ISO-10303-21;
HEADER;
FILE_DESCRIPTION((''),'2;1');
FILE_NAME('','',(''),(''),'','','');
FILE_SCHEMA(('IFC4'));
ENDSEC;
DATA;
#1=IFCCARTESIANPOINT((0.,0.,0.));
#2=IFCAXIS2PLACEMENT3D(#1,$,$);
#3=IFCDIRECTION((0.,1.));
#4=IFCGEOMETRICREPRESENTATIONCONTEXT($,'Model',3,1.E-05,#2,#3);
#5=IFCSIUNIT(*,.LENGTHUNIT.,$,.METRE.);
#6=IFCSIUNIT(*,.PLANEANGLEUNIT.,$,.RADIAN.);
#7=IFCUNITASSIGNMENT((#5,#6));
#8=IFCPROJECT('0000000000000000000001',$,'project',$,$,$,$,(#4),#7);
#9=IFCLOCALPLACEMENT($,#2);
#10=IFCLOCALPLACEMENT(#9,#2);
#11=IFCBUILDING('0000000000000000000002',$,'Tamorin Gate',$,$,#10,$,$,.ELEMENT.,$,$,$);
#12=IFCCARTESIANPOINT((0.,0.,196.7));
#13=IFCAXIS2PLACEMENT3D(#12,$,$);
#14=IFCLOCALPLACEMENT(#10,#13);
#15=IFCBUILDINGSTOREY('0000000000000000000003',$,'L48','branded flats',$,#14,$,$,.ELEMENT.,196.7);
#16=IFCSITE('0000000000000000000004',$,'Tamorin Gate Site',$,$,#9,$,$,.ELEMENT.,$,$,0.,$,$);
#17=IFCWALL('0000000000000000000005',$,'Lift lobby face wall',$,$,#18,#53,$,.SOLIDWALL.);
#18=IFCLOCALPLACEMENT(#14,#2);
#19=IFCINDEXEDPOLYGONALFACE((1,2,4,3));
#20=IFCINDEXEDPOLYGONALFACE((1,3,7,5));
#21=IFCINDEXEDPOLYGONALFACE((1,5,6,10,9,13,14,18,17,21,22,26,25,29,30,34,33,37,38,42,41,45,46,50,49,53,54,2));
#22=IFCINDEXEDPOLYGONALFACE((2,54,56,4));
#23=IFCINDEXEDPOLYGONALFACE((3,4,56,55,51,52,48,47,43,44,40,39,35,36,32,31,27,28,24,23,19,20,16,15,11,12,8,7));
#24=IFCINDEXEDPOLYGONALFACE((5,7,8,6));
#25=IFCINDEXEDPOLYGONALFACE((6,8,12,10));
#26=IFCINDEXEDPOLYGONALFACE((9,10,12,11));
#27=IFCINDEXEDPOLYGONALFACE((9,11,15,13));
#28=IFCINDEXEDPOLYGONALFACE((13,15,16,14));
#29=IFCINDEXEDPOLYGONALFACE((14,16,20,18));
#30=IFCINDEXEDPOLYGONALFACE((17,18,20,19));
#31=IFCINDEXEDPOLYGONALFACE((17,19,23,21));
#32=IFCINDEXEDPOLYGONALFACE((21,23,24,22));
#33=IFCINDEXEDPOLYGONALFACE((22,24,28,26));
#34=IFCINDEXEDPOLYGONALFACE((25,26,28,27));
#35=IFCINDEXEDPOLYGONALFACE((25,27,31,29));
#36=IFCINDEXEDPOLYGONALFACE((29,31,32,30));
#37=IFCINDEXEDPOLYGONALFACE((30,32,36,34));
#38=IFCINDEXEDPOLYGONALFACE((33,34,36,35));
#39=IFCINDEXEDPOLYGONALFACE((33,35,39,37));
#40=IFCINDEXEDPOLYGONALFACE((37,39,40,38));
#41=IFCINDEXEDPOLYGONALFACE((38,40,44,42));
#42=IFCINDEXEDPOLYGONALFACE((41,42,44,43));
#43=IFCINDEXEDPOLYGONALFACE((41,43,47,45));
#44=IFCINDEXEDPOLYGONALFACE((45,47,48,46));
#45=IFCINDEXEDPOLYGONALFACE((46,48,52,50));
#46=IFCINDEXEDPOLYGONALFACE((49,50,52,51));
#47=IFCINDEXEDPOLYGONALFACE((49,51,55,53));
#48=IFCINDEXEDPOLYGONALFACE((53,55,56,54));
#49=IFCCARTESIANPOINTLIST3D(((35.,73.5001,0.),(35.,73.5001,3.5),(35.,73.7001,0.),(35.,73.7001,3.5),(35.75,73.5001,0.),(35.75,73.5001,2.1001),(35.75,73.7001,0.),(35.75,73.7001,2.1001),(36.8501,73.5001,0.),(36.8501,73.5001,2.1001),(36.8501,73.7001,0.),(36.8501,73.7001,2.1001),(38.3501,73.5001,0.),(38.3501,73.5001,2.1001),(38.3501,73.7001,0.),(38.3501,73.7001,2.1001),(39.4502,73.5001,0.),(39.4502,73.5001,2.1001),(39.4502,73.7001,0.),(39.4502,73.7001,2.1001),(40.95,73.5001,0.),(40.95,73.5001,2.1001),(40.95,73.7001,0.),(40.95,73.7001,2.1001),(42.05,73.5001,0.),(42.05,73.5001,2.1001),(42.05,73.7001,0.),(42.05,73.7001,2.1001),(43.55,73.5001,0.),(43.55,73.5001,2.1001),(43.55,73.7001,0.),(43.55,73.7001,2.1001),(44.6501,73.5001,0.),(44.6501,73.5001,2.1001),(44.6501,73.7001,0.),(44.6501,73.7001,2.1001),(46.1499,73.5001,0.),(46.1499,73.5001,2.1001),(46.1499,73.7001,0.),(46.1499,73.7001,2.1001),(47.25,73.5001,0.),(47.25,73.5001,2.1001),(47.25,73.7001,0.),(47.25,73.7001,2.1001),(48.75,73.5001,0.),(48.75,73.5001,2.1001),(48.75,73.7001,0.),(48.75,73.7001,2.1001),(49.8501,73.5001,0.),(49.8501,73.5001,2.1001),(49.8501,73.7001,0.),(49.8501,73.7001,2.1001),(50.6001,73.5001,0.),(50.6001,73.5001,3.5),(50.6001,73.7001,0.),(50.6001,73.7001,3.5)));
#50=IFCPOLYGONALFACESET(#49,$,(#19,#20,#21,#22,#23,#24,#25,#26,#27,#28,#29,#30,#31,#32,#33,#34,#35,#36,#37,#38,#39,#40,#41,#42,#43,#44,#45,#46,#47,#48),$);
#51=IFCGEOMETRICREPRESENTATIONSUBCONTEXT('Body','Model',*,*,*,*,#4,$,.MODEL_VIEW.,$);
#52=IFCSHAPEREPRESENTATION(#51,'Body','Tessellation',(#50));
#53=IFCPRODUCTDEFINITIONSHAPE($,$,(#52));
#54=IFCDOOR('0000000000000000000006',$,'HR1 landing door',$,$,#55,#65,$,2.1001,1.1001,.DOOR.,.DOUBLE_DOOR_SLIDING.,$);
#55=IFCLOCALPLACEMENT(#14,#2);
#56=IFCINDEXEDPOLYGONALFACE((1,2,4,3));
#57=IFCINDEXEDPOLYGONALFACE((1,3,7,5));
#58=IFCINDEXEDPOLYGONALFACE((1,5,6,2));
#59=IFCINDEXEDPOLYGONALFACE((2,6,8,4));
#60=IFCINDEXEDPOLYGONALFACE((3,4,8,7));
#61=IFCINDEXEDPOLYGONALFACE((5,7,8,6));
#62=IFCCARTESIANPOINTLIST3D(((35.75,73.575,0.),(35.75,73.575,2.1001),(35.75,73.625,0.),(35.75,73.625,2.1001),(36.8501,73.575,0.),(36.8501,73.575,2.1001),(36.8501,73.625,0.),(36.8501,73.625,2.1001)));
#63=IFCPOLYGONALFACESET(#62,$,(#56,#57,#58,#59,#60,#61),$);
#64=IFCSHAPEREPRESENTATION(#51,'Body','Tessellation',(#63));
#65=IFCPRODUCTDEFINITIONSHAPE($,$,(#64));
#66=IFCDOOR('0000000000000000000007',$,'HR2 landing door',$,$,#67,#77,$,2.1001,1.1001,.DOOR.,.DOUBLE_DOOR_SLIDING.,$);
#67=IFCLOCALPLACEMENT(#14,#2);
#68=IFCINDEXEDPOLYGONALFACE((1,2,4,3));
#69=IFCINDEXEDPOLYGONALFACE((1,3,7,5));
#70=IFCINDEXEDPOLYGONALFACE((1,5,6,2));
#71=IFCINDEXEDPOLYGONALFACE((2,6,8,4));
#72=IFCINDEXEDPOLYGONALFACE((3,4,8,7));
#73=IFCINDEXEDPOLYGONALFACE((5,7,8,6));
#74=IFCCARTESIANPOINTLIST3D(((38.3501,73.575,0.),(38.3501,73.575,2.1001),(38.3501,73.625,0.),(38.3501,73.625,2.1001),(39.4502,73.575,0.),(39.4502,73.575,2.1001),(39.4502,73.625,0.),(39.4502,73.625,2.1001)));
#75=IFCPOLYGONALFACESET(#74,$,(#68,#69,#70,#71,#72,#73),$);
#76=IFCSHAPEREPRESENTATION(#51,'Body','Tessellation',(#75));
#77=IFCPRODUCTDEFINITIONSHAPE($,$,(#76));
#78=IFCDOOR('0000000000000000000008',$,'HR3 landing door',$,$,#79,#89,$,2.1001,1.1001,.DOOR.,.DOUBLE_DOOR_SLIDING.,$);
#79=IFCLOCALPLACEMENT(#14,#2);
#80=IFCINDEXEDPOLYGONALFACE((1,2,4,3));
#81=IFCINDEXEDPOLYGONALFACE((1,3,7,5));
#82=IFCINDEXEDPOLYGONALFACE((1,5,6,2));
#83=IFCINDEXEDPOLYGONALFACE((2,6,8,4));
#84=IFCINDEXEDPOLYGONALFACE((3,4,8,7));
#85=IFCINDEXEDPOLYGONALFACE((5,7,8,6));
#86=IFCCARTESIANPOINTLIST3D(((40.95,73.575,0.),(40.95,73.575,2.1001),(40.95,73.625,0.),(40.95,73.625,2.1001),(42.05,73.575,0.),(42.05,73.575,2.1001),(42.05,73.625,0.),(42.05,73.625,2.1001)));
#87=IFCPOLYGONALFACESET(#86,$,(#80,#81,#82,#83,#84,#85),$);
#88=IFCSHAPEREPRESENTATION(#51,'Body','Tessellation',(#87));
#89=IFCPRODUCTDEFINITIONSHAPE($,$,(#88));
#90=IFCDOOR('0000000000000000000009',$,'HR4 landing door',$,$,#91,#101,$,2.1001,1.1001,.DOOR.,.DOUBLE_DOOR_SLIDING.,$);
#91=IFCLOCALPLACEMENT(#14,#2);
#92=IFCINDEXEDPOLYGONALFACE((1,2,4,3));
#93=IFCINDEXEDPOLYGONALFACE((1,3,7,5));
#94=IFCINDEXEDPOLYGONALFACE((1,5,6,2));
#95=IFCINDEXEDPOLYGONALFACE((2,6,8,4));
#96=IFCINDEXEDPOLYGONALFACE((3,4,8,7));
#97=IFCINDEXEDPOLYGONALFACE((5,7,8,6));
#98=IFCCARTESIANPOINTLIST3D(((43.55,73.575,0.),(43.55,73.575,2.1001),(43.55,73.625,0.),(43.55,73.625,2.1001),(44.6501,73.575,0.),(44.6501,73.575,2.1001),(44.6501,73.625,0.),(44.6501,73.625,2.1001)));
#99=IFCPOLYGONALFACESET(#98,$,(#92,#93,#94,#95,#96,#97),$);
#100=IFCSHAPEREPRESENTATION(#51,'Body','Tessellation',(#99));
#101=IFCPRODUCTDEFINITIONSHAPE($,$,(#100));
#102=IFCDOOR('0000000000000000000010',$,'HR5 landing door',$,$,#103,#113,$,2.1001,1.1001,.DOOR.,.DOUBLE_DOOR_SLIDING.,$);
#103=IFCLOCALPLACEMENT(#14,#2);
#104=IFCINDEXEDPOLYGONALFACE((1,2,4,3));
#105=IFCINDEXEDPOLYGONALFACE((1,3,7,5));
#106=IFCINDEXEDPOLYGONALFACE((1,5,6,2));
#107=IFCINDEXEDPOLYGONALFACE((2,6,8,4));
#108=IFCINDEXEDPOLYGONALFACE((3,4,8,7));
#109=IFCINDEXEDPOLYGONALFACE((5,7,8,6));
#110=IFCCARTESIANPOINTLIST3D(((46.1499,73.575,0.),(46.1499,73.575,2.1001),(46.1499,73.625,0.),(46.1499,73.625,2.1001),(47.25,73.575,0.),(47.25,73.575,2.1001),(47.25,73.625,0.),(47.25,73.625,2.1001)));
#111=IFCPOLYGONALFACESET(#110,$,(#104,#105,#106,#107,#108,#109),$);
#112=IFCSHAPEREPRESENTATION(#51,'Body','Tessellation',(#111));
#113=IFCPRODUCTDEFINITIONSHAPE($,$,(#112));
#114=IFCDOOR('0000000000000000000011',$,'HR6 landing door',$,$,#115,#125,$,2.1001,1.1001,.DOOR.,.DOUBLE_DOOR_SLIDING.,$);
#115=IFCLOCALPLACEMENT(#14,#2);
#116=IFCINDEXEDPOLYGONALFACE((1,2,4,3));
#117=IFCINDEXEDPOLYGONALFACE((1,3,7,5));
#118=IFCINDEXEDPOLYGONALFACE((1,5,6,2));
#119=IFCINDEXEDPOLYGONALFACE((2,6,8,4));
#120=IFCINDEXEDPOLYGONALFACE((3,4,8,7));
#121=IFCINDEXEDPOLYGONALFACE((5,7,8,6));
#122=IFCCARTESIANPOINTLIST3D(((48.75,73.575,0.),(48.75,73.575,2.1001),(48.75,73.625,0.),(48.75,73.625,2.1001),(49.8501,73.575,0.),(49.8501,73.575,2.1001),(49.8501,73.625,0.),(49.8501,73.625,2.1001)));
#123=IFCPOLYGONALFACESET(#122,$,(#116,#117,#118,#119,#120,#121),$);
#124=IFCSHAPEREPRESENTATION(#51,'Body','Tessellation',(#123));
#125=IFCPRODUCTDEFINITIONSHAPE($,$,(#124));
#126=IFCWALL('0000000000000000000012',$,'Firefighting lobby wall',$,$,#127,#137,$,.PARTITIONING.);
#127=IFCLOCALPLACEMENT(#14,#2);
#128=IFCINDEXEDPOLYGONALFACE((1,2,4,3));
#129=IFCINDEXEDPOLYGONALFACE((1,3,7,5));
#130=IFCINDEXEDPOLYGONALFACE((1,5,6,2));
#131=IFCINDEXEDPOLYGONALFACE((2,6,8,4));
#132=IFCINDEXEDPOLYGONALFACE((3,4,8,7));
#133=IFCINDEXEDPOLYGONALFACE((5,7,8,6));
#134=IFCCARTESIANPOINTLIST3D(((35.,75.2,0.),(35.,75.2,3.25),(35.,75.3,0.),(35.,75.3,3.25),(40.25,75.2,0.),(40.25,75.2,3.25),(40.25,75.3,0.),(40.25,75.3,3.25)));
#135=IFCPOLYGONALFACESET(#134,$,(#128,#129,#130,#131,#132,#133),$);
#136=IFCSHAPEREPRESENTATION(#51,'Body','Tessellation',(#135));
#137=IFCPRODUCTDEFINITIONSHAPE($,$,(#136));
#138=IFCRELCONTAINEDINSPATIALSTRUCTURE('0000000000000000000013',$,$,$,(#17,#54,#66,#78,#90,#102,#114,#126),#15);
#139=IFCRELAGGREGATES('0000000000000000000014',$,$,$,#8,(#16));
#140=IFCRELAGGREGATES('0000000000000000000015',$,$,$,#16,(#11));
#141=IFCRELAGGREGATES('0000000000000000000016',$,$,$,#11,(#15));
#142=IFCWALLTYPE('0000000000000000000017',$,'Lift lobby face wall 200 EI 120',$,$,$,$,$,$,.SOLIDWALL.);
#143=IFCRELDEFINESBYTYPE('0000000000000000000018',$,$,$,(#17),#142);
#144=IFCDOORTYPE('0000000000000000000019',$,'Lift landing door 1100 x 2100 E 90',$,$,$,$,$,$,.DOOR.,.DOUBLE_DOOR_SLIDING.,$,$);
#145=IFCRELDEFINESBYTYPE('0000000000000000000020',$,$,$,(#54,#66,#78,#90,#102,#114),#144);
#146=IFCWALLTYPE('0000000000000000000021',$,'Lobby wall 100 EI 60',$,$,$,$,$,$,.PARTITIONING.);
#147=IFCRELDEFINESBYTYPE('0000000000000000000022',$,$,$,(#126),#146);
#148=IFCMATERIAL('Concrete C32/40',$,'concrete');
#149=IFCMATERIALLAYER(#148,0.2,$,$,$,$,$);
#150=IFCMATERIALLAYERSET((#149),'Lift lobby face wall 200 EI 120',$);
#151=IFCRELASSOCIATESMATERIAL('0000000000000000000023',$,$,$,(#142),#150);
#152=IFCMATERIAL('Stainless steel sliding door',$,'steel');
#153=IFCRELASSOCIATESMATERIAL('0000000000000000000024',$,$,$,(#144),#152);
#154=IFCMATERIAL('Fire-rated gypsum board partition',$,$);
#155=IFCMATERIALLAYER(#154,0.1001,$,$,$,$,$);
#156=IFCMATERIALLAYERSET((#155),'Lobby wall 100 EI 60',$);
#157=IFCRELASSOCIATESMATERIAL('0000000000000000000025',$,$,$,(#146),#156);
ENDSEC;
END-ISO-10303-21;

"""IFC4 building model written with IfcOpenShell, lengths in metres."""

from ifc_helpers import new_model, si_unit, direction, frame, frame_2d, origin, place, context, subcontext, project, spatial, rectangle, extrude, material, layer, layer_set, type_object, element, fill, save


model = new_model("IFC4")

# Units and contexts
model_context = context("Model", 3, precision=1e-05, world=origin(), true_north=direction((0.0, 1.0)))
body_context = subcontext(model_context, "Body", "Model", "MODEL_VIEW")
ifc_project = project(units=[si_unit("LENGTHUNIT", "METRE"), si_unit("PLANEANGLEUNIT", "RADIAN")], contexts=[model_context])

# Site, building, storey
site_placement = place(None, origin())
site = spatial("IfcSite", under=ifc_project, at=site_placement, Name="Tamorin Gate Site", CompositionType="ELEMENT", RefElevation=0.0)
building_placement = place(site_placement, origin())
building = spatial("IfcBuilding", under=site, at=building_placement, Name="Tamorin Gate", CompositionType="ELEMENT")
storey_placement = place(building_placement, frame((0.0, 0.0, 196.7)))
storey = spatial("IfcBuildingStorey", under=building, at=storey_placement, Name="L48", Description="branded flats", CompositionType="ELEMENT", Elevation=196.7)

# Wall, openings, doors
ifc_material_1 = material(Name="Concrete C32/40", Category="concrete")
ifc_layer_1 = layer(ifc_material_1, 0.2)
ifc_layer_set_1 = layer_set([ifc_layer_1], Name="Lift lobby face wall 200 EI 120")
wall_type_1 = type_object("IfcWallType", Name="Lift lobby face wall 200 EI 120", PredefinedType="SOLIDWALL", material=ifc_layer_set_1)
wall_1_placement = place(storey_placement, frame((35.0, 73.6001, 0.0), z_axis=(0.0, 0.0, 1.0), x_axis=(1.0, 0.0, 0.0)))
wall_1 = element("IfcWall", 1, at=wall_1_placement, inside=storey, type_object=wall_type_1, Name="Lift lobby face wall", PredefinedType="SOLIDWALL", context=body_context, shape_type="SweptSolid", body=[
    extrude(rectangle(XDim=15.6001, YDim=0.2, at=frame_2d((7.8, 0.0))), origin(), (0.0, 0.0, 1.0), 3.5),
])
opening_1_placement = place(wall_1_placement, frame((0.75, 0.0, 0.0)))
opening_1 = element("IfcOpeningElement", 2, at=opening_1_placement, cuts=wall_1, PredefinedType="OPENING", context=body_context, shape_type="SweptSolid", body=[
    extrude(rectangle(XDim=1.1001, YDim=2.1001, at=frame_2d((0.55, 1.05))), frame((0.0, 0.1099, 0.0), z_axis=(0.0, -1.0, 0.0), x_axis=(1.0, 0.0, 0.0)), (0.0, 0.0, 1.0), 0.22),
])
opening_2_placement = place(wall_1_placement, frame((3.3501, 0.0, 0.0)))
opening_2 = element("IfcOpeningElement", 3, at=opening_2_placement, cuts=wall_1, PredefinedType="OPENING", context=body_context, shape_type="SweptSolid", body=[
    extrude(rectangle(XDim=1.1001, YDim=2.1001, at=frame_2d((0.55, 1.05))), frame((0.0, 0.1099, 0.0), z_axis=(0.0, -1.0, 0.0), x_axis=(1.0, 0.0, 0.0)), (0.0, 0.0, 1.0), 0.22),
])
opening_3_placement = place(wall_1_placement, frame((5.95, 0.0, 0.0)))
opening_3 = element("IfcOpeningElement", 4, at=opening_3_placement, cuts=wall_1, PredefinedType="OPENING", context=body_context, shape_type="SweptSolid", body=[
    extrude(rectangle(XDim=1.1001, YDim=2.1001, at=frame_2d((0.55, 1.05))), frame((0.0, 0.1099, 0.0), z_axis=(0.0, -1.0, 0.0), x_axis=(1.0, 0.0, 0.0)), (0.0, 0.0, 1.0), 0.22),
])
opening_4_placement = place(wall_1_placement, frame((8.55, 0.0, 0.0)))
opening_4 = element("IfcOpeningElement", 5, at=opening_4_placement, cuts=wall_1, PredefinedType="OPENING", context=body_context, shape_type="SweptSolid", body=[
    extrude(rectangle(XDim=1.1001, YDim=2.1001, at=frame_2d((0.55, 1.05))), frame((0.0, 0.1099, 0.0), z_axis=(0.0, -1.0, 0.0), x_axis=(1.0, 0.0, 0.0)), (0.0, 0.0, 1.0), 0.22),
])
opening_5_placement = place(wall_1_placement, frame((11.1499, 0.0, 0.0)))
opening_5 = element("IfcOpeningElement", 6, at=opening_5_placement, cuts=wall_1, PredefinedType="OPENING", context=body_context, shape_type="SweptSolid", body=[
    extrude(rectangle(XDim=1.1001, YDim=2.1001, at=frame_2d((0.55, 1.05))), frame((0.0, 0.1099, 0.0), z_axis=(0.0, -1.0, 0.0), x_axis=(1.0, 0.0, 0.0)), (0.0, 0.0, 1.0), 0.22),
])
opening_6_placement = place(wall_1_placement, frame((13.75, 0.0, 0.0)))
opening_6 = element("IfcOpeningElement", 7, at=opening_6_placement, cuts=wall_1, PredefinedType="OPENING", context=body_context, shape_type="SweptSolid", body=[
    extrude(rectangle(XDim=1.1001, YDim=2.1001, at=frame_2d((0.55, 1.05))), frame((0.0, 0.1099, 0.0), z_axis=(0.0, -1.0, 0.0), x_axis=(1.0, 0.0, 0.0)), (0.0, 0.0, 1.0), 0.22),
])
ifc_material_2 = material(Name="Stainless steel sliding door", Category="steel")
door_type_1 = type_object("IfcDoorType", Name="Lift landing door 1100 x 2100 E 90", OperationType="DOUBLE_DOOR_SLIDING", PredefinedType="DOOR", material=ifc_material_2)
door_1_placement = place(opening_1_placement, origin())
door_1 = element("IfcDoor", 8, at=door_1_placement, inside=storey, type_object=door_type_1, Name="HR1 landing door", OperationType="DOUBLE_DOOR_SLIDING", OverallHeight=2.1001, OverallWidth=1.1001, PredefinedType="DOOR", context=body_context, shape_type="SweptSolid", body=[
    extrude(rectangle(XDim=1.1001, YDim=2.1001, at=frame_2d((0.55, 1.05))), frame((0.0, 0.0249, 0.0), z_axis=(0.0, -1.0, 0.0), x_axis=(1.0, 0.0, 0.0)), (0.0, 0.0, 1.0), 0.05),
])
fill(opening_1, door_1)
door_2_placement = place(opening_2_placement, origin())
door_2 = element("IfcDoor", 9, at=door_2_placement, inside=storey, type_object=door_type_1, Name="HR2 landing door", OperationType="DOUBLE_DOOR_SLIDING", OverallHeight=2.1001, OverallWidth=1.1001, PredefinedType="DOOR", context=body_context, shape_type="SweptSolid", body=[
    extrude(rectangle(XDim=1.1001, YDim=2.1001, at=frame_2d((0.55, 1.05))), frame((0.0, 0.0249, 0.0), z_axis=(0.0, -1.0, 0.0), x_axis=(1.0, 0.0, 0.0)), (0.0, 0.0, 1.0), 0.05),
])
fill(opening_2, door_2)
door_3_placement = place(opening_3_placement, origin())
door_3 = element("IfcDoor", 10, at=door_3_placement, inside=storey, type_object=door_type_1, Name="HR3 landing door", OperationType="DOUBLE_DOOR_SLIDING", OverallHeight=2.1001, OverallWidth=1.1001, PredefinedType="DOOR", context=body_context, shape_type="SweptSolid", body=[
    extrude(rectangle(XDim=1.1001, YDim=2.1001, at=frame_2d((0.55, 1.05))), frame((0.0, 0.0249, 0.0), z_axis=(0.0, -1.0, 0.0), x_axis=(1.0, 0.0, 0.0)), (0.0, 0.0, 1.0), 0.05),
])
fill(opening_3, door_3)
door_4_placement = place(opening_4_placement, origin())
door_4 = element("IfcDoor", 11, at=door_4_placement, inside=storey, type_object=door_type_1, Name="HR4 landing door", OperationType="DOUBLE_DOOR_SLIDING", OverallHeight=2.1001, OverallWidth=1.1001, PredefinedType="DOOR", context=body_context, shape_type="SweptSolid", body=[
    extrude(rectangle(XDim=1.1001, YDim=2.1001, at=frame_2d((0.55, 1.05))), frame((0.0, 0.0249, 0.0), z_axis=(0.0, -1.0, 0.0), x_axis=(1.0, 0.0, 0.0)), (0.0, 0.0, 1.0), 0.05),
])
fill(opening_4, door_4)
door_5_placement = place(opening_5_placement, origin())
door_5 = element("IfcDoor", 12, at=door_5_placement, inside=storey, type_object=door_type_1, Name="HR5 landing door", OperationType="DOUBLE_DOOR_SLIDING", OverallHeight=2.1001, OverallWidth=1.1001, PredefinedType="DOOR", context=body_context, shape_type="SweptSolid", body=[
    extrude(rectangle(XDim=1.1001, YDim=2.1001, at=frame_2d((0.55, 1.05))), frame((0.0, 0.0249, 0.0), z_axis=(0.0, -1.0, 0.0), x_axis=(1.0, 0.0, 0.0)), (0.0, 0.0, 1.0), 0.05),
])
fill(opening_5, door_5)
door_6_placement = place(opening_6_placement, origin())
door_6 = element("IfcDoor", 13, at=door_6_placement, inside=storey, type_object=door_type_1, Name="HR6 landing door", OperationType="DOUBLE_DOOR_SLIDING", OverallHeight=2.1001, OverallWidth=1.1001, PredefinedType="DOOR", context=body_context, shape_type="SweptSolid", body=[
    extrude(rectangle(XDim=1.1001, YDim=2.1001, at=frame_2d((0.55, 1.05))), frame((0.0, 0.0249, 0.0), z_axis=(0.0, -1.0, 0.0), x_axis=(1.0, 0.0, 0.0)), (0.0, 0.0, 1.0), 0.05),
])
fill(opening_6, door_6)

# Wall
ifc_material_3 = material(Name="Fire-rated gypsum board partition")
ifc_layer_2 = layer(ifc_material_3, 0.1001)
ifc_layer_set_2 = layer_set([ifc_layer_2], Name="Lobby wall 100 EI 60")
wall_type_2 = type_object("IfcWallType", Name="Lobby wall 100 EI 60", PredefinedType="PARTITIONING", material=ifc_layer_set_2)
wall_2_placement = place(storey_placement, frame((35.0, 75.25, 0.0), z_axis=(0.0, 0.0, 1.0), x_axis=(1.0, 0.0, 0.0)))
element("IfcWall", 14, at=wall_2_placement, inside=storey, type_object=wall_type_2, Name="Firefighting lobby wall", PredefinedType="PARTITIONING", context=body_context, shape_type="SweptSolid", body=[
    extrude(rectangle(XDim=5.25, YDim=0.1001, at=frame_2d((2.625, 0.0))), origin(), (0.0, 0.0, 1.0), 3.25),
])

save(model, "model.ifc")
